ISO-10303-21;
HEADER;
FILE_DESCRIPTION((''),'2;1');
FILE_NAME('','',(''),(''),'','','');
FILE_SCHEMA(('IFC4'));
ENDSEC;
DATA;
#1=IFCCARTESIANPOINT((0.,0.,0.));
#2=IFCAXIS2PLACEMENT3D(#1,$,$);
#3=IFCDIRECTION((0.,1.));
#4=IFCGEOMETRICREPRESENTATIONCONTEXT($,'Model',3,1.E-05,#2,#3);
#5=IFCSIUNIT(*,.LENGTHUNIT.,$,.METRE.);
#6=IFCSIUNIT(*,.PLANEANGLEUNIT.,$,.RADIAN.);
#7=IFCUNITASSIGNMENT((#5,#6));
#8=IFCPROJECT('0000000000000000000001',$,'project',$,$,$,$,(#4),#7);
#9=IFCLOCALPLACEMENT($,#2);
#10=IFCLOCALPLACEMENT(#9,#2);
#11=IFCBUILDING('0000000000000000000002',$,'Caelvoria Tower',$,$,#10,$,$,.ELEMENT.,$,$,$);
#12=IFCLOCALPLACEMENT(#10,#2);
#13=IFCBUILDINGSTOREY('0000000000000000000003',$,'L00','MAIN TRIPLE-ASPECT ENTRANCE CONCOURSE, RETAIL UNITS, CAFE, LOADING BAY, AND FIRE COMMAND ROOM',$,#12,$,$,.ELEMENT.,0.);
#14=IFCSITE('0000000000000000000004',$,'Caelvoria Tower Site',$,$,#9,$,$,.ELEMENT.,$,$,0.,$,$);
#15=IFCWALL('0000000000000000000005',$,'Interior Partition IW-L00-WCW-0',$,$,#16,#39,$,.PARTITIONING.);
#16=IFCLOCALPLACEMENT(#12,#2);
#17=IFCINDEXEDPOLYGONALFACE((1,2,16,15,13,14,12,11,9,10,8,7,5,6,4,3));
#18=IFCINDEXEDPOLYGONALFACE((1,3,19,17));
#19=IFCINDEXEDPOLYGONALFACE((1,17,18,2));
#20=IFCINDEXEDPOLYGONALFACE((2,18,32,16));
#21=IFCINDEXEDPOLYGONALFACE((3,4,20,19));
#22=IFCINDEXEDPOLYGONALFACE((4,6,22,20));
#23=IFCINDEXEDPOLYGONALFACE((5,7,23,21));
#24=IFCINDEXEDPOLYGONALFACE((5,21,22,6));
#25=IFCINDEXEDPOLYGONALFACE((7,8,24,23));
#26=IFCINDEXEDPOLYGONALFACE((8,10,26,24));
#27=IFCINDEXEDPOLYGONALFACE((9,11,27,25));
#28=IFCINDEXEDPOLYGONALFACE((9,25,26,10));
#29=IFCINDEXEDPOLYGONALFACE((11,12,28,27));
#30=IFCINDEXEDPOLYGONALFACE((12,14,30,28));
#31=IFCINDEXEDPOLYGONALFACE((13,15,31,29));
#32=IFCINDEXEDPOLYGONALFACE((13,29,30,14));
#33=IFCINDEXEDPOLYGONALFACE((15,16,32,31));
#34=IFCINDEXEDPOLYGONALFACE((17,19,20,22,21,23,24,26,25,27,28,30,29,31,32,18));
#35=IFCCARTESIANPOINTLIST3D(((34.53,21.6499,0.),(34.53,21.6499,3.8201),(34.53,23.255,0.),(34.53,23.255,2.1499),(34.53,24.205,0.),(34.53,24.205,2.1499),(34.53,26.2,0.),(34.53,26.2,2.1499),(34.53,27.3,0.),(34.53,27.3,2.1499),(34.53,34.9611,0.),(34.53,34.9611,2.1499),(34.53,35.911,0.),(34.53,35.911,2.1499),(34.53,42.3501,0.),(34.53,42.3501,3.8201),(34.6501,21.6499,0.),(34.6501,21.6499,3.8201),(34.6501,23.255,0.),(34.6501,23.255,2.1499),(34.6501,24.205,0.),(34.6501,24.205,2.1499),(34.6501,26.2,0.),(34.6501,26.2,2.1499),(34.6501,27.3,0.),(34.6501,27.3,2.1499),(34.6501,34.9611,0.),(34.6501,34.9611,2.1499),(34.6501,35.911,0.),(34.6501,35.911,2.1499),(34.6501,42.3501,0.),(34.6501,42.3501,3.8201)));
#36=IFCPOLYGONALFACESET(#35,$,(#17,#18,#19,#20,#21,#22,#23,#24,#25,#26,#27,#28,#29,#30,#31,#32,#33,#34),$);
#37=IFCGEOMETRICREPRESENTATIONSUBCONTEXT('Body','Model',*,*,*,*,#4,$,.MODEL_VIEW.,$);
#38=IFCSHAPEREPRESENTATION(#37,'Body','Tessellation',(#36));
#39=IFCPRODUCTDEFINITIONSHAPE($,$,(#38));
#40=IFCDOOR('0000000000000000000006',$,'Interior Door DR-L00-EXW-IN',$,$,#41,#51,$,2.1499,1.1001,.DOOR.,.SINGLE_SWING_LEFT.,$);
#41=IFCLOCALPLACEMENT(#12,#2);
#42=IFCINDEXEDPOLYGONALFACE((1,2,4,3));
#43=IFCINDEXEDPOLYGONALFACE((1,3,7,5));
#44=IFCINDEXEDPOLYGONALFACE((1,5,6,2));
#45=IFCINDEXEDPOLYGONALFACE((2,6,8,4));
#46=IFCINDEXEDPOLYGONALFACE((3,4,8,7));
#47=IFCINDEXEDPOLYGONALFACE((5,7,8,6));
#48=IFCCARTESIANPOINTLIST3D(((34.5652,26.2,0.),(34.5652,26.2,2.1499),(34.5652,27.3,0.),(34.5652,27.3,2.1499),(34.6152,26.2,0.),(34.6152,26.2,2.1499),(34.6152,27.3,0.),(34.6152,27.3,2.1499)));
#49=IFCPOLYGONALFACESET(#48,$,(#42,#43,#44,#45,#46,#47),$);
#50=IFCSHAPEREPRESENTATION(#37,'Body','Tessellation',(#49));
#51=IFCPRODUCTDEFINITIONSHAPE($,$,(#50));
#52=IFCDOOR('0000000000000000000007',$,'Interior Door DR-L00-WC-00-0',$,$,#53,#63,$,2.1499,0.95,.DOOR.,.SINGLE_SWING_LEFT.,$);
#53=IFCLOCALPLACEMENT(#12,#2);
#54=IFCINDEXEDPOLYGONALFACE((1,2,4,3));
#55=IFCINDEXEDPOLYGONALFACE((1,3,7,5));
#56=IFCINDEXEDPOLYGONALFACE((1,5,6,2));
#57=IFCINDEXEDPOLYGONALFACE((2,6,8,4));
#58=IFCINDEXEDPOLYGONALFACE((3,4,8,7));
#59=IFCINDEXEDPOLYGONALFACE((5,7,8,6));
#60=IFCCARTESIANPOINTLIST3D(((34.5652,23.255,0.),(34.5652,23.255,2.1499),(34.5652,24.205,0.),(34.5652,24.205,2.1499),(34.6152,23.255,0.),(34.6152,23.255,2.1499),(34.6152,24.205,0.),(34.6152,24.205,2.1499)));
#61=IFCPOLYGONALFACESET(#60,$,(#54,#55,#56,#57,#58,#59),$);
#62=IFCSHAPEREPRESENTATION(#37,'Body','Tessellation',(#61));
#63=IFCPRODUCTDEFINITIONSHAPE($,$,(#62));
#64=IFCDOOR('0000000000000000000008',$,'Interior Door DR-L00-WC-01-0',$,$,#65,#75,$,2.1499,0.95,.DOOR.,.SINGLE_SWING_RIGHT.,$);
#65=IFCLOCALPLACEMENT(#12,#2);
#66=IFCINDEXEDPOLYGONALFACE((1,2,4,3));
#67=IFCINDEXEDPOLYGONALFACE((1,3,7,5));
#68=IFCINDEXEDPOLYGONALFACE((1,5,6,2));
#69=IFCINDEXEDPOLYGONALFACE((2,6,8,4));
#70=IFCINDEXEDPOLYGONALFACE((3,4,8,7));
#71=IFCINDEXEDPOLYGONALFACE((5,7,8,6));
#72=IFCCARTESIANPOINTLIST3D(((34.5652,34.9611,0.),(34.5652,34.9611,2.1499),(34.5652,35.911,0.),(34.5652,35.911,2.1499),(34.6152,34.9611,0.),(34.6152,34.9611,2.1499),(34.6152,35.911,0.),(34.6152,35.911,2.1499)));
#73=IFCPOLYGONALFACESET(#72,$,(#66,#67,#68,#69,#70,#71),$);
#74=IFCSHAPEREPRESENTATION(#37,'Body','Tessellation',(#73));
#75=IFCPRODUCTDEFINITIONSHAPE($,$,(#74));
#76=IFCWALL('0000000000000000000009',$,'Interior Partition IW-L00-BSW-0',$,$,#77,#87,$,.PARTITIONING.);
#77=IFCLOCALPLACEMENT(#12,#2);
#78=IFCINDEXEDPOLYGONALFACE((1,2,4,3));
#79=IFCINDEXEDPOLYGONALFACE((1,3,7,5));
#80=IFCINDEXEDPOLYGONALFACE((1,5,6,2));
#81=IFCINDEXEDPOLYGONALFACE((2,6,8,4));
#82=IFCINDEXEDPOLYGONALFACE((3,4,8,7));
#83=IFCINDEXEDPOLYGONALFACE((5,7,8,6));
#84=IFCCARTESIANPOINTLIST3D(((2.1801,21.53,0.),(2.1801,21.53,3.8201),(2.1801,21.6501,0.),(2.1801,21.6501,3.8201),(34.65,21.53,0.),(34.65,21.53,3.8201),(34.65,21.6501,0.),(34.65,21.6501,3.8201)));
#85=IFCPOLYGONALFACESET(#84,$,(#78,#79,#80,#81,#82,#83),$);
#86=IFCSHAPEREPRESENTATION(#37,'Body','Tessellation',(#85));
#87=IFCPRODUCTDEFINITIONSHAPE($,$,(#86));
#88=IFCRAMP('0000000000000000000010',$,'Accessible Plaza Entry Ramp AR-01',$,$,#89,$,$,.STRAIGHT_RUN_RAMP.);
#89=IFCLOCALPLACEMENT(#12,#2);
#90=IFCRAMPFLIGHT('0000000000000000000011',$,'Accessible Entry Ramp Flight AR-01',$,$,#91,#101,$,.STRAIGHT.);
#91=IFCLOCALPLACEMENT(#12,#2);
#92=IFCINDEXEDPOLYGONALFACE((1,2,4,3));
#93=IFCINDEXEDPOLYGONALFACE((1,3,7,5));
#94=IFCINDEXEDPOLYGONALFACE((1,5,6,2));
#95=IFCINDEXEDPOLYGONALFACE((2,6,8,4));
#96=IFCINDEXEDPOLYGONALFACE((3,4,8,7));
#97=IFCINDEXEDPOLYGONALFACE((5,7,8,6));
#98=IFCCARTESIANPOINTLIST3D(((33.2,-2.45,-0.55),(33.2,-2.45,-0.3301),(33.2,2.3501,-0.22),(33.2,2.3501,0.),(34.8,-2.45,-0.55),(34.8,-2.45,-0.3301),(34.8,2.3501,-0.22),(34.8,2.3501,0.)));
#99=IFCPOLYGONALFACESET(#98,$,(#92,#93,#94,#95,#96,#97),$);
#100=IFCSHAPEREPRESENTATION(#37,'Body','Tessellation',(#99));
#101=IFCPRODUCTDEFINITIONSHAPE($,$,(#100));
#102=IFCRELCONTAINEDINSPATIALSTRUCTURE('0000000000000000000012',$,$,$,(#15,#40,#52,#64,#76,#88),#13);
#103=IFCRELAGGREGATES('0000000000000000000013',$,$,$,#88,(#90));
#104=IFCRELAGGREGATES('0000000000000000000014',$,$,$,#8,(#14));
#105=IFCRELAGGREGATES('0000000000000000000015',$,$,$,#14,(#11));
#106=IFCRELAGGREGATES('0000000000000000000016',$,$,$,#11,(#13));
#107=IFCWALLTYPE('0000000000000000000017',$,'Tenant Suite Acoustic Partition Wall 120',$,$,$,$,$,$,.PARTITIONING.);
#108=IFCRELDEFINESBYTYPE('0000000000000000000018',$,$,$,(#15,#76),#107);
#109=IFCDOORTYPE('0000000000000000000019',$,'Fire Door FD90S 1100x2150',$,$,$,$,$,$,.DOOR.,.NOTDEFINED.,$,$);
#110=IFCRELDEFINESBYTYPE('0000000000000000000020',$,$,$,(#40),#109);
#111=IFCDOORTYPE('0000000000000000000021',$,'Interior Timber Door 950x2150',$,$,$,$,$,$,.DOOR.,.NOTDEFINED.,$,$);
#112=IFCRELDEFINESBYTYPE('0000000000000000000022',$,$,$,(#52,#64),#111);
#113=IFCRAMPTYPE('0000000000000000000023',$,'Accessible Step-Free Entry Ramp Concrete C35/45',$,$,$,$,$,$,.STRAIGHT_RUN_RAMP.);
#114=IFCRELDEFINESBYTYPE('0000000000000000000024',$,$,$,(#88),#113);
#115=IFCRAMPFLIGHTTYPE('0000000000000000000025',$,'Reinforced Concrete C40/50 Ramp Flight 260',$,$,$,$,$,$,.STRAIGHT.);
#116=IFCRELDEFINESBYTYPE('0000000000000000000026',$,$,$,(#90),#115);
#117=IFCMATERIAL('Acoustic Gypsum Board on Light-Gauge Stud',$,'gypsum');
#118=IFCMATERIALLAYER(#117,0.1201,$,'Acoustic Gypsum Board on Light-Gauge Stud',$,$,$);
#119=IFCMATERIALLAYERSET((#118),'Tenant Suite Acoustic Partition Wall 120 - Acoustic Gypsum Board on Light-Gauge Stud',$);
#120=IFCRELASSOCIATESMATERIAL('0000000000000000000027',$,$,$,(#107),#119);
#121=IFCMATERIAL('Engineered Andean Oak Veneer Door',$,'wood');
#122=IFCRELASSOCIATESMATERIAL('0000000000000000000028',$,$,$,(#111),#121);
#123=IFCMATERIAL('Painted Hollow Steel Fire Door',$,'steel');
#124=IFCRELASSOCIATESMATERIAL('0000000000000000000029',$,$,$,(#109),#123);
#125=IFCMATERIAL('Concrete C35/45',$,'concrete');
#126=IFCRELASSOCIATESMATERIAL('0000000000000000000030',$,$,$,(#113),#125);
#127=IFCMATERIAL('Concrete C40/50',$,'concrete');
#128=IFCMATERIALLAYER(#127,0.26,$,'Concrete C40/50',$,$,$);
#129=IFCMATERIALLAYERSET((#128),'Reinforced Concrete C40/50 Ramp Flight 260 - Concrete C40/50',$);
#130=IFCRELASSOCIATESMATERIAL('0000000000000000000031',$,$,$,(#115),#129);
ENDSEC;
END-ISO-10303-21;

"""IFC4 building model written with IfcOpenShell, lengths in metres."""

from ifc_helpers import new_model, si_unit, direction, frame, frame_2d, origin, place, context, subcontext, project, spatial, polyline, rectangle, outline, extrude, material, layer, layer_set, type_object, element, fill, aggregate, save


model = new_model("IFC4")

# Units and contexts
model_context = context("Model", 3, precision=1e-05, world=origin(), true_north=direction((0.0, 1.0)))
body_context = subcontext(model_context, "Body", "Model", "MODEL_VIEW")
ifc_project = project(units=[si_unit("LENGTHUNIT", "METRE"), si_unit("PLANEANGLEUNIT", "RADIAN")], contexts=[model_context])

# Site, building, storey
site_placement = place(None, origin())
site = spatial("IfcSite", under=ifc_project, at=site_placement, Name="Caelvoria Tower Site", CompositionType="ELEMENT", RefElevation=0.0)
building_placement = place(site_placement, origin())
building = spatial("IfcBuilding", under=site, at=building_placement, Name="Caelvoria Tower", CompositionType="ELEMENT")
storey_placement = place(building_placement, origin())
storey = spatial("IfcBuildingStorey", under=building, at=storey_placement, Name="L00", Description="MAIN TRIPLE-ASPECT ENTRANCE CONCOURSE, RETAIL UNITS, CAFE, LOADING BAY, AND FIRE COMMAND ROOM", CompositionType="ELEMENT", Elevation=0.0)

# Shared definitions
ifc_material_1 = material(Name="Painted Hollow Steel Fire Door", Category="steel")

# Wall, openings, doors
ifc_material_2 = material(Name="Acoustic Gypsum Board on Light-Gauge Stud", Category="gypsum")
ifc_layer_1 = layer(ifc_material_2, 0.1201, Name="Acoustic Gypsum Board on Light-Gauge Stud")
ifc_layer_set_1 = layer_set([ifc_layer_1], Name="Tenant Suite Acoustic Partition Wall 120 - Acoustic Gypsum Board on Light-Gauge Stud")
wall_type_1 = type_object("IfcWallType", Name="Tenant Suite Acoustic Partition Wall 120", PredefinedType="PARTITIONING", material=ifc_layer_set_1)
ifc_material_3 = material(Name="Engineered Andean Oak Veneer Door", Category="wood")
door_type_1 = type_object("IfcDoorType", Name="Interior Timber Door 950x2150", OperationType="NOTDEFINED", PredefinedType="DOOR", material=ifc_material_3)
wall_1_placement = place(storey_placement, frame((34.5901, 21.6499, 0.0), z_axis=(0.0, 0.0, 1.0), x_axis=(0.0, 1.0, 0.0)))
wall_1 = element("IfcWall", 1, at=wall_1_placement, inside=storey, type_object=wall_type_1, Name="Interior Partition IW-L00-WCW-0", PredefinedType="PARTITIONING", context=body_context, shape_type="SweptSolid", body=[
    extrude(rectangle(XDim=20.7002, YDim=0.1201, at=frame_2d((10.3501, 0.0))), origin(), (0.0, 0.0, 1.0), 3.8201),
])
opening_1_placement = place(wall_1_placement, frame((1.605, 0.0, 0.0)))
opening_1 = element("IfcOpeningElement", 2, at=opening_1_placement, cuts=wall_1, PredefinedType="OPENING", context=body_context, shape_type="SweptSolid", body=[
    extrude(rectangle(XDim=0.95, YDim=2.1499, at=frame_2d((0.4751, 1.075))), frame((0.0, 0.0701, 0.0), z_axis=(0.0, -1.0, 0.0), x_axis=(1.0, 0.0, 0.0)), (0.0, 0.0, 1.0), 0.1401),
])
opening_2_placement = place(wall_1_placement, frame((13.311, 0.0, 0.0)))
opening_2 = element("IfcOpeningElement", 3, at=opening_2_placement, cuts=wall_1, PredefinedType="OPENING", context=body_context, shape_type="SweptSolid", body=[
    extrude(rectangle(XDim=0.95, YDim=2.1499, at=frame_2d((0.4751, 1.075))), frame((0.0, 0.0701, 0.0), z_axis=(0.0, -1.0, 0.0), x_axis=(1.0, 0.0, 0.0)), (0.0, 0.0, 1.0), 0.1401),
])
opening_3_placement = place(wall_1_placement, frame((4.55, 0.0, 0.0)))
opening_3 = element("IfcOpeningElement", 4, at=opening_3_placement, cuts=wall_1, PredefinedType="OPENING", context=body_context, shape_type="SweptSolid", body=[
    extrude(rectangle(XDim=1.1001, YDim=2.1499, at=frame_2d((0.55, 1.075))), frame((0.0, 0.0701, 0.0), z_axis=(0.0, -1.0, 0.0), x_axis=(1.0, 0.0, 0.0)), (0.0, 0.0, 1.0), 0.1401),
])
door_type_2 = type_object("IfcDoorType", Name="Fire Door FD90S 1100x2150", OperationType="NOTDEFINED", PredefinedType="DOOR", material=ifc_material_1)
door_1_placement = place(opening_3_placement, origin())
door_1 = element("IfcDoor", 5, at=door_1_placement, inside=storey, type_object=door_type_2, Name="Interior Door DR-L00-EXW-IN", OperationType="SINGLE_SWING_LEFT", OverallHeight=2.1499, OverallWidth=1.1001, PredefinedType="DOOR", context=body_context, shape_type="SweptSolid", body=[
    extrude(rectangle(XDim=1.1001, YDim=2.1499, at=frame_2d((0.55, 1.075))), frame((0.0, 0.0249, 0.0), z_axis=(0.0, -1.0, 0.0), x_axis=(1.0, 0.0, 0.0)), (0.0, 0.0, 1.0), 0.05),
])
fill(opening_3, door_1)
door_2_placement = place(opening_1_placement, origin())
door_2 = element("IfcDoor", 6, at=door_2_placement, inside=storey, type_object=door_type_1, Name="Interior Door DR-L00-WC-00-0", OperationType="SINGLE_SWING_LEFT", OverallHeight=2.1499, OverallWidth=0.95, PredefinedType="DOOR", context=body_context, shape_type="SweptSolid", body=[
    extrude(rectangle(XDim=0.95, YDim=2.1499, at=frame_2d((0.4751, 1.075))), frame((0.0, 0.0249, 0.0), z_axis=(0.0, -1.0, 0.0), x_axis=(1.0, 0.0, 0.0)), (0.0, 0.0, 1.0), 0.05),
])
fill(opening_1, door_2)
door_3_placement = place(opening_2_placement, origin())
door_3 = element("IfcDoor", 7, at=door_3_placement, inside=storey, type_object=door_type_1, Name="Interior Door DR-L00-WC-01-0", OperationType="SINGLE_SWING_RIGHT", OverallHeight=2.1499, OverallWidth=0.95, PredefinedType="DOOR", context=body_context, shape_type="SweptSolid", body=[
    extrude(rectangle(XDim=0.95, YDim=2.1499, at=frame_2d((0.4751, 1.075))), frame((0.0, 0.0249, 0.0), z_axis=(0.0, -1.0, 0.0), x_axis=(1.0, 0.0, 0.0)), (0.0, 0.0, 1.0), 0.05),
])
fill(opening_2, door_3)

# Wall
wall_2_placement = place(storey_placement, frame((34.6499, 21.5901, 0.0), z_axis=(0.0, 0.0, 1.0), x_axis=(-1.0, 0.0, 0.0)))
element("IfcWall", 8, at=wall_2_placement, inside=storey, type_object=wall_type_1, Name="Interior Partition IW-L00-BSW-0", PredefinedType="PARTITIONING", context=body_context, shape_type="SweptSolid", body=[
    extrude(rectangle(XDim=32.47, YDim=0.1201, at=frame_2d((16.2349, 0.0))), origin(), (0.0, 0.0, 1.0), 3.8201),
])

# Ramp, ramp flight
ifc_material_4 = material(Name="Concrete C35/45", Category="concrete")
ramp_type = type_object("IfcRampType", Name="Accessible Step-Free Entry Ramp Concrete C35/45", PredefinedType="STRAIGHT_RUN_RAMP", material=ifc_material_4)
ramp_placement = place(storey_placement, origin())
ramp = element("IfcRamp", 9, at=ramp_placement, inside=storey, type_object=ramp_type, Name="Accessible Plaza Entry Ramp AR-01", PredefinedType="STRAIGHT_RUN_RAMP")
ifc_material_5 = material(Name="Concrete C40/50", Category="concrete")
ifc_layer_2 = layer(ifc_material_5, 0.26, Name="Concrete C40/50")
ifc_layer_set_2 = layer_set([ifc_layer_2], Name="Reinforced Concrete C40/50 Ramp Flight 260 - Concrete C40/50")
ramp_flight_type = type_object("IfcRampFlightType", Name="Reinforced Concrete C40/50 Ramp Flight 260", PredefinedType="STRAIGHT", material=ifc_layer_set_2)
ramp_flight_placement = place(storey_placement, frame((34.0, -2.45, -0.3301), z_axis=(0.0, 0.0, 1.0), x_axis=(0.0, 1.0, 0.0)))
ramp_flight = element("IfcRampFlight", 10, at=ramp_flight_placement, type_object=ramp_flight_type, Name="Accessible Entry Ramp Flight AR-01", PredefinedType="STRAIGHT", context=body_context, shape_type="SweptSolid", body=[
    extrude(outline(polyline([(0.0, 0.0), (4.8, 0.3301), (4.8, 0.1101), (0.0, -0.22), (0.0, 0.0)])), frame((0.0, 0.8, 0.0), z_axis=(0.0, -1.0, 0.0), x_axis=(1.0, 0.0, 0.0)), (0.0, 0.0, 1.0), 1.6001),
])
aggregate(ramp, [ramp_flight])

save(model, "model.ifc")
